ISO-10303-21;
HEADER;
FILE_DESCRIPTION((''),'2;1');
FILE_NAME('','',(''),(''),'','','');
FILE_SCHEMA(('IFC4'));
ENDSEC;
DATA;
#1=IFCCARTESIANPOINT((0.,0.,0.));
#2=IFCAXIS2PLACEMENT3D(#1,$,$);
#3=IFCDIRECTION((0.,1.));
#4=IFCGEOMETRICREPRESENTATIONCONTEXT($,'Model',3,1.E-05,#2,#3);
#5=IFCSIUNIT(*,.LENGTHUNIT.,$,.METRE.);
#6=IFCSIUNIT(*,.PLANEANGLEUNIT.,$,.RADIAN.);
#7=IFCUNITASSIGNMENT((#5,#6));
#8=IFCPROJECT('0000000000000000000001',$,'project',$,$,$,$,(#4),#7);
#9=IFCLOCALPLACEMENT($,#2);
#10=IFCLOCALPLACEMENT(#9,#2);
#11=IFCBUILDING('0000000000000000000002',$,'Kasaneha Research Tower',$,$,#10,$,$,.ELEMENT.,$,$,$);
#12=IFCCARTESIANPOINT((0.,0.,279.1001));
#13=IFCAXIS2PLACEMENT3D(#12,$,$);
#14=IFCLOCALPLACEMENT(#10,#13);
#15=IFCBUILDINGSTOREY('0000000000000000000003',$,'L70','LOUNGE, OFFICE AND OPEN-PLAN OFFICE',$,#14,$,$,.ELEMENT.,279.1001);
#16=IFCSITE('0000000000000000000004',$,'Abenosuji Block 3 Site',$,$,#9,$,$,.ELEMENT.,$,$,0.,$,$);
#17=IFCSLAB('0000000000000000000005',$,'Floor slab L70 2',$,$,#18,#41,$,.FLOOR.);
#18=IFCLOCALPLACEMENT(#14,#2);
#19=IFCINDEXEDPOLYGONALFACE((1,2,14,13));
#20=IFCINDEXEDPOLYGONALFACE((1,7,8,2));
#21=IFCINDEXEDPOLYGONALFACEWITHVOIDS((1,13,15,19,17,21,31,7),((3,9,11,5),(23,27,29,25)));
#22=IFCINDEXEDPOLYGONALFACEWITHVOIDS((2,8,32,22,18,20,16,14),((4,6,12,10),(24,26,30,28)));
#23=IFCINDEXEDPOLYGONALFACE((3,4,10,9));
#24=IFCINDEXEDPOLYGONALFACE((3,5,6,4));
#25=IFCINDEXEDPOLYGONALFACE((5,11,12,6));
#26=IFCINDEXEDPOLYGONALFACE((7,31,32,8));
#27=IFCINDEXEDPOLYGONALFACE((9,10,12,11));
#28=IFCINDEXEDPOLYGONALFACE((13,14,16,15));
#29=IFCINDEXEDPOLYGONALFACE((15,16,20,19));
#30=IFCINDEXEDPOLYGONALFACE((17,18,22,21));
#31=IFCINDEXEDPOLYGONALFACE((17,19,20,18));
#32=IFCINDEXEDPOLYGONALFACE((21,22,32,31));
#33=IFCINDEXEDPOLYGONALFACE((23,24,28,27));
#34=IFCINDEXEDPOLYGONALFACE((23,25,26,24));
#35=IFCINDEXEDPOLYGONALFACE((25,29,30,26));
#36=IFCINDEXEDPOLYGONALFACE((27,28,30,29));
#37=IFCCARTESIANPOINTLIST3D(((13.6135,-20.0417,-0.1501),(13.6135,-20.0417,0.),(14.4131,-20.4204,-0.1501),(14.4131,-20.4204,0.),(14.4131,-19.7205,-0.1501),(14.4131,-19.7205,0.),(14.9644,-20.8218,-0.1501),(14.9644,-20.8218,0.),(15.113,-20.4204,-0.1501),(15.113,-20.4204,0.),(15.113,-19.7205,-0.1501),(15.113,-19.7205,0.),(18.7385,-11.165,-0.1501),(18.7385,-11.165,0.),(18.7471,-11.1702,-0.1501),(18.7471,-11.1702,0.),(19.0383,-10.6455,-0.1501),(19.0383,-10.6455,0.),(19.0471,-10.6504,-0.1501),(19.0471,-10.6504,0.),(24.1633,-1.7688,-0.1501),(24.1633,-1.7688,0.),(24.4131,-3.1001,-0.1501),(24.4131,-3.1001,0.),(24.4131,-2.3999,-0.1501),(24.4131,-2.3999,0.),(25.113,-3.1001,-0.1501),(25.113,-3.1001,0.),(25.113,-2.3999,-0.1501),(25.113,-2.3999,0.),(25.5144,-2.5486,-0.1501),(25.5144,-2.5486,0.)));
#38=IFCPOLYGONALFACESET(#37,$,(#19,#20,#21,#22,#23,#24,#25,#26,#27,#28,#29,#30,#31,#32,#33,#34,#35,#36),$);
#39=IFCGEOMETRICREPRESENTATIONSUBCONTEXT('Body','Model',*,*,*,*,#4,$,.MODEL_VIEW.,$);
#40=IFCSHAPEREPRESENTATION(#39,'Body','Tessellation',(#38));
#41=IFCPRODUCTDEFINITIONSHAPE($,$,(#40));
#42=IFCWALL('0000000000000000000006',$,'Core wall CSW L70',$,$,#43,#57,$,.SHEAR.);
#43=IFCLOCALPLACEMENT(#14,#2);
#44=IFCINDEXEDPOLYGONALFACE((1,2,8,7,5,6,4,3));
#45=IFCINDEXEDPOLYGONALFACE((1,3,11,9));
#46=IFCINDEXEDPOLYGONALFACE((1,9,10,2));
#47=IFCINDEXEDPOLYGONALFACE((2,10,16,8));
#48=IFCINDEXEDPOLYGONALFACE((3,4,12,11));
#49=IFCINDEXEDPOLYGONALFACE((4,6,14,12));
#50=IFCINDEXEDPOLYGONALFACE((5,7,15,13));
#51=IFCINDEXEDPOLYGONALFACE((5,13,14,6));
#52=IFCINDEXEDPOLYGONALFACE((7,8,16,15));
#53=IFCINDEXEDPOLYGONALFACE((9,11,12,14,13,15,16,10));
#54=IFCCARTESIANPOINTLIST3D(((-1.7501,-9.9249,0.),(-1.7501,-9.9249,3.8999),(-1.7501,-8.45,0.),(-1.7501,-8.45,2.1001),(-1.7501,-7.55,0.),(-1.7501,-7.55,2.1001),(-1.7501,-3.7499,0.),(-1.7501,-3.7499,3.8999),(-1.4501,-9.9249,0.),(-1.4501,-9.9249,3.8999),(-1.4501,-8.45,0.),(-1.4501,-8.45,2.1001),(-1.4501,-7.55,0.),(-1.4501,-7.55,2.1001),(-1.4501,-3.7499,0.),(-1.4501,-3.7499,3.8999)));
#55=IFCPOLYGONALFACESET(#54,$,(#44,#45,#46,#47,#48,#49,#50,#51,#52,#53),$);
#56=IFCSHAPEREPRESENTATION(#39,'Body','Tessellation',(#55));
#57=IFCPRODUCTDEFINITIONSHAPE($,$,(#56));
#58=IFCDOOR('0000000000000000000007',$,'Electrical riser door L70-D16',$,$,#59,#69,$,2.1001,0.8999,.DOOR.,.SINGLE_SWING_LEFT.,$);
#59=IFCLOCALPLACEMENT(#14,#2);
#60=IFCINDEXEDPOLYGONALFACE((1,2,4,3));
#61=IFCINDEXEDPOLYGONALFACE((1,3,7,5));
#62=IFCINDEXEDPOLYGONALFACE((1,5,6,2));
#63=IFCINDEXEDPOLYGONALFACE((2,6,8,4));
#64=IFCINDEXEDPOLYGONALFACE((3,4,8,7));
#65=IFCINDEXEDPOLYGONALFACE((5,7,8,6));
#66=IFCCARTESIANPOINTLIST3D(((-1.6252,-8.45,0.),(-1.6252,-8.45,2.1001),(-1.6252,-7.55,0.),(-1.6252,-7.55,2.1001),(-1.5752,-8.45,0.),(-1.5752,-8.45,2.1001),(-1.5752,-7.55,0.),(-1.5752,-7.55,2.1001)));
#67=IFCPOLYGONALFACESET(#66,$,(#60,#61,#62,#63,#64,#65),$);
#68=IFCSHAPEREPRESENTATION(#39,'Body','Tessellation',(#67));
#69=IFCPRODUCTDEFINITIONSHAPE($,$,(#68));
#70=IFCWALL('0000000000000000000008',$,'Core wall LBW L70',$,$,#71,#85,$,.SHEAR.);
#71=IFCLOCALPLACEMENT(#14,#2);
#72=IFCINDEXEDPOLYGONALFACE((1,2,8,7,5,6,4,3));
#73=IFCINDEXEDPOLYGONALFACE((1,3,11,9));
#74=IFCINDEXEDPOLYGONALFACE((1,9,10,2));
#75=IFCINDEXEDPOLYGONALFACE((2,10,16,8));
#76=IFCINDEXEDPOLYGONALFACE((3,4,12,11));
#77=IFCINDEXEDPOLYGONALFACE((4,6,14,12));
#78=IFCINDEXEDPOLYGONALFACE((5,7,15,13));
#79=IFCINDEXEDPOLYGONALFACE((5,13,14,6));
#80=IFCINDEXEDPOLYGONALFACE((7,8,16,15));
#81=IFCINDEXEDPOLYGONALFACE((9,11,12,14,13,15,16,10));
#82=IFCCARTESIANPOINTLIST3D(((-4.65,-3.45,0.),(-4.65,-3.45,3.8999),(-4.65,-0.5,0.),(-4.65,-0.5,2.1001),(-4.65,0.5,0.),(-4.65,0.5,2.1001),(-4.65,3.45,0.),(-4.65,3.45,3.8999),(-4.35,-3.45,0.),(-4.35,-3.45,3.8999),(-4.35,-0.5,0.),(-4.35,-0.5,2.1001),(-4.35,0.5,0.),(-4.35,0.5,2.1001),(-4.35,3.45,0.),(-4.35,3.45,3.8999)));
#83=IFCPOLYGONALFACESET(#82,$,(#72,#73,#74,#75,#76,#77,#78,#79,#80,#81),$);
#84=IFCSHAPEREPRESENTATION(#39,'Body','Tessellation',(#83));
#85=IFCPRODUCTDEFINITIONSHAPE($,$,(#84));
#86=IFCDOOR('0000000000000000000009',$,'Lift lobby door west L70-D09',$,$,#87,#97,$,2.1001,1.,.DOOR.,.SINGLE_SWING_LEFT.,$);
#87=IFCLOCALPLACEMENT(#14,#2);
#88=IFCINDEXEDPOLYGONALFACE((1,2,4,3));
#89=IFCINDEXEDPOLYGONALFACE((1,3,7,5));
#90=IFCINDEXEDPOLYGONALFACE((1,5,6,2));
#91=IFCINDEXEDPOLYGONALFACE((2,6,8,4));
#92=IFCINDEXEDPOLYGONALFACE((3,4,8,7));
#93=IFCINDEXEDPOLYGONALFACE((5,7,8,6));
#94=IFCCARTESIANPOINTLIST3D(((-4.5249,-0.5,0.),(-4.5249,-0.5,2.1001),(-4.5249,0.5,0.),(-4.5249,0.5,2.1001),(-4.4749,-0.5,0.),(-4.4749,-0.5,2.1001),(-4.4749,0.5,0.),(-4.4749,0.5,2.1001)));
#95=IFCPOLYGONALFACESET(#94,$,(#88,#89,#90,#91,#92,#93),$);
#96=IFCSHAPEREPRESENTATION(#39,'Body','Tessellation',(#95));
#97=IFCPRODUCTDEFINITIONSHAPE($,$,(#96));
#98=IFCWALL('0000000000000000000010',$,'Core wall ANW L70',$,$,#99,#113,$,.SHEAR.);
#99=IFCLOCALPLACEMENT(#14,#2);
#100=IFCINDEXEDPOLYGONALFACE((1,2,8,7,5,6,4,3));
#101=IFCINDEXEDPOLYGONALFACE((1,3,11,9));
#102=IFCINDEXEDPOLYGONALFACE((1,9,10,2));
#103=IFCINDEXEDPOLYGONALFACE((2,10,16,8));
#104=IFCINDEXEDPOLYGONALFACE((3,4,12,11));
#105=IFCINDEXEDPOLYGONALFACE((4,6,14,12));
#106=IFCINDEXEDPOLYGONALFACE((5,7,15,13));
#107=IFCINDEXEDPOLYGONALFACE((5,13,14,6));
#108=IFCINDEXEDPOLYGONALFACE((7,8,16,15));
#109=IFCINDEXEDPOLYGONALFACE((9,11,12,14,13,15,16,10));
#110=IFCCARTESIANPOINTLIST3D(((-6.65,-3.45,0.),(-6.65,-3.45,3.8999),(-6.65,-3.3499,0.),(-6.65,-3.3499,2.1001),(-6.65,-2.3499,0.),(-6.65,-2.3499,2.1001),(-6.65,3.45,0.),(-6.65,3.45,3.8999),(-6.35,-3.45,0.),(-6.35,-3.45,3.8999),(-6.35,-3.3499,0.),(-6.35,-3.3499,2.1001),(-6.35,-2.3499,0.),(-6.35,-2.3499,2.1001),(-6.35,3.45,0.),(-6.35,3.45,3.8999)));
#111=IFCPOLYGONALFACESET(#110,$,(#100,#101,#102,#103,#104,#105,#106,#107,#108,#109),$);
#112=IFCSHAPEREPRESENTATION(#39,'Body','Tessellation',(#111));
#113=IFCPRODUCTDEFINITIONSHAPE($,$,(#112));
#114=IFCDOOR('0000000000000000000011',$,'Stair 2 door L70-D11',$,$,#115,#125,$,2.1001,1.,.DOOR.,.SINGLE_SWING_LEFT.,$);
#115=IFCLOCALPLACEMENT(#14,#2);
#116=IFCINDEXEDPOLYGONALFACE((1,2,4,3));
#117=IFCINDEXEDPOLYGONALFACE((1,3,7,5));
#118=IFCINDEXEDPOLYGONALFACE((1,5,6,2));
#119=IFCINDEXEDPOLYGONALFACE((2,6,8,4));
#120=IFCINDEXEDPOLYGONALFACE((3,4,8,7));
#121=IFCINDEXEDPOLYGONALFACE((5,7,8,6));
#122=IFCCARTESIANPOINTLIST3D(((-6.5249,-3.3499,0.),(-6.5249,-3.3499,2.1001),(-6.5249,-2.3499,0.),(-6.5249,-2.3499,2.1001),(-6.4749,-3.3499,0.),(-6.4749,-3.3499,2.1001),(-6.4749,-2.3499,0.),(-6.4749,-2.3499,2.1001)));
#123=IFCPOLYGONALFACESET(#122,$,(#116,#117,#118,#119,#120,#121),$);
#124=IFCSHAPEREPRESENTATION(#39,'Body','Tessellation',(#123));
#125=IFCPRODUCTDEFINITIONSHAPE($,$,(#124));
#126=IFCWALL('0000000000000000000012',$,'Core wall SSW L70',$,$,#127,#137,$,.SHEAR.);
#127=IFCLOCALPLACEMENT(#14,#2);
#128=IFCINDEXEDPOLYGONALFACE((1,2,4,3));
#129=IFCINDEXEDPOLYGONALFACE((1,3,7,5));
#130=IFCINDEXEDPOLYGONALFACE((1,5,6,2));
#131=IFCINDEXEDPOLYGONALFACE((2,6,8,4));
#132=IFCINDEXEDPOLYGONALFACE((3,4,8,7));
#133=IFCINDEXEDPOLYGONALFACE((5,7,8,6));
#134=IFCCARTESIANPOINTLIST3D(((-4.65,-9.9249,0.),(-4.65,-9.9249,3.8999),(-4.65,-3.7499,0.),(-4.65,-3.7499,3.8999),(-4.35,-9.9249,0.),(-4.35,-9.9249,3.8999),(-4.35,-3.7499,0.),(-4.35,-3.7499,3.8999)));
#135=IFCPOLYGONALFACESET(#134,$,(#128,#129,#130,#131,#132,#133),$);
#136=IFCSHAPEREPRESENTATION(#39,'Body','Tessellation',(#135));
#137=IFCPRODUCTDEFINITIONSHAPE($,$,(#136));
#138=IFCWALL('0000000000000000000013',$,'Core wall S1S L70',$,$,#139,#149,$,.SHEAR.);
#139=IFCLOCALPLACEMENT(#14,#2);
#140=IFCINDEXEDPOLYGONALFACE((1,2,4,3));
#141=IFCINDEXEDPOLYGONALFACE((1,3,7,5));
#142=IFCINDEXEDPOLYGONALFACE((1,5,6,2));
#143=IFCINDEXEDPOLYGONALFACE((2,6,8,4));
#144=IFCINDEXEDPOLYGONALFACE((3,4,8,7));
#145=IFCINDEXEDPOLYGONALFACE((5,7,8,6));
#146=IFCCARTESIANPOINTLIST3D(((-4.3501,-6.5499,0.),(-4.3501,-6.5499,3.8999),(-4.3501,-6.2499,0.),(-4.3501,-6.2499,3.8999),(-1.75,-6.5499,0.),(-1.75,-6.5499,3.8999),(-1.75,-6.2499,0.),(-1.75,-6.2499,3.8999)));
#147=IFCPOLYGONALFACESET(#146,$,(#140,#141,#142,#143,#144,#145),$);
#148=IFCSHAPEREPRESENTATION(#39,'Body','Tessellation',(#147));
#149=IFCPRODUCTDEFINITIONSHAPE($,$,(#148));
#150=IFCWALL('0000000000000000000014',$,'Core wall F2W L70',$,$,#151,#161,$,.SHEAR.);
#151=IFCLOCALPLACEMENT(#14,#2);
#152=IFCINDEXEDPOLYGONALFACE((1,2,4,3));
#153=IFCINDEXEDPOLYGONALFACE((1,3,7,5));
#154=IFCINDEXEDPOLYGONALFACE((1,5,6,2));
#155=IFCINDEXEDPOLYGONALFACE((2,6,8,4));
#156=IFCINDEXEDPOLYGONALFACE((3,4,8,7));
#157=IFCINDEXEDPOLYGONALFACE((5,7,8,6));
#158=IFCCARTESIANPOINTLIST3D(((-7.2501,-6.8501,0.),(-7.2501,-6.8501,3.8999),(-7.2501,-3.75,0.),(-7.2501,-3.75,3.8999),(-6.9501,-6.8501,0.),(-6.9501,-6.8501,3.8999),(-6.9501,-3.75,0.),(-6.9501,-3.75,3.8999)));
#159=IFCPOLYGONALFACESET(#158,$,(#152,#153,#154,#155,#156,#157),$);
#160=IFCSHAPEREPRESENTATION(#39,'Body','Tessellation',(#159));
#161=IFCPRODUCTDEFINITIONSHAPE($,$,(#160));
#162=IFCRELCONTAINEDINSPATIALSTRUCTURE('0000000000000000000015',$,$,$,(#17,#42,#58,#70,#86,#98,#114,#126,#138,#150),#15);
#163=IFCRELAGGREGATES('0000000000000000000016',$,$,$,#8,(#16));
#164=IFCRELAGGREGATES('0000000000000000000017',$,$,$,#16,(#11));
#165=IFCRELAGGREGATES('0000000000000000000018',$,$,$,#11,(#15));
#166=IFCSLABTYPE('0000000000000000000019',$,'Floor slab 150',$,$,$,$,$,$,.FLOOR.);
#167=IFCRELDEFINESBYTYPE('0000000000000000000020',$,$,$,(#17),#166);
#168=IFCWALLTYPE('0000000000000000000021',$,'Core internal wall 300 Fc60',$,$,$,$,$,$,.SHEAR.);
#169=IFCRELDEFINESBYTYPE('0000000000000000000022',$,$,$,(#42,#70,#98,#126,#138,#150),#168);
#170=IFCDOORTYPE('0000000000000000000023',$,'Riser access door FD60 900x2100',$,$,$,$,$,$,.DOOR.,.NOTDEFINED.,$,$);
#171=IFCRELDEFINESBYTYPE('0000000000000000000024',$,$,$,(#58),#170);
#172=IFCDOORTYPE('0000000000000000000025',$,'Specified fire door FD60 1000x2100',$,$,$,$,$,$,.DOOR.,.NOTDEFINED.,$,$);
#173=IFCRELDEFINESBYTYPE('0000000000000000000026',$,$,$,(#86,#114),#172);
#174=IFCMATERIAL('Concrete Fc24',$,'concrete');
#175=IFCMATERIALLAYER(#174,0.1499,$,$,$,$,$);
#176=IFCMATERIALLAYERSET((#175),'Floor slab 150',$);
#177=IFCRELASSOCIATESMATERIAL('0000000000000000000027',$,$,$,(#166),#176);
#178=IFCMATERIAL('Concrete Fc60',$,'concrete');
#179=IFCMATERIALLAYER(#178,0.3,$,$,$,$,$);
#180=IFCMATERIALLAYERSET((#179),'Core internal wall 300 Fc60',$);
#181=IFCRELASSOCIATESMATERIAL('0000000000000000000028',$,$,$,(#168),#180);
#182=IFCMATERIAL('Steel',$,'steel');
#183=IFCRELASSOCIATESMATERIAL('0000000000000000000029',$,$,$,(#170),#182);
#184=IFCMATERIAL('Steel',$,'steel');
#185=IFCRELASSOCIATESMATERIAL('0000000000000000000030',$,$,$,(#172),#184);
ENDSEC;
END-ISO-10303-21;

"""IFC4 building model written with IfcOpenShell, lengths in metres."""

from ifc_helpers import new_model, si_unit, direction, frame, frame_2d, origin, place, context, subcontext, project, spatial, polyline, rectangle, outline, extrude, material, layer, layer_set, type_object, element, fill, save


model = new_model("IFC4")

# Units and contexts
model_context = context("Model", 3, precision=1e-05, world=origin(), true_north=direction((0.0, 1.0)))
body_context = subcontext(model_context, "Body", "Model", "MODEL_VIEW")
ifc_project = project(units=[si_unit("LENGTHUNIT", "METRE"), si_unit("PLANEANGLEUNIT", "RADIAN")], contexts=[model_context])

# Site, building, storey
site_placement = place(None, origin())
site = spatial("IfcSite", under=ifc_project, at=site_placement, Name="Abenosuji Block 3 Site", CompositionType="ELEMENT", RefElevation=0.0)
building_placement = place(site_placement, origin())
building = spatial("IfcBuilding", under=site, at=building_placement, Name="Kasaneha Research Tower", CompositionType="ELEMENT")
storey_placement = place(building_placement, frame((0.0, 0.0, 279.1001)))
storey = spatial("IfcBuildingStorey", under=building, at=storey_placement, Name="L70", Description="LOUNGE, OFFICE AND OPEN-PLAN OFFICE", CompositionType="ELEMENT", Elevation=279.1001)

# Slab
ifc_material_1 = material(Name="Concrete Fc24", Category="concrete")
ifc_layer_1 = layer(ifc_material_1, 0.1499)
ifc_layer_set_1 = layer_set([ifc_layer_1], Name="Floor slab 150")
slab_type_1 = type_object("IfcSlabType", Name="Floor slab 150", PredefinedType="FLOOR", material=ifc_layer_set_1)
slab_1_placement = place(storey_placement, frame((0.0, 0.0, -0.1501)))
element("IfcSlab", 1, at=slab_1_placement, inside=storey, type_object=slab_type_1, Name="Floor slab L70 2", PredefinedType="FLOOR", context=body_context, shape_type="SweptSolid", body=[
    extrude(outline(polyline([(25.5144, -2.5486), (14.9644, -20.8218), (13.6135, -20.0417), (18.7385, -11.165), (18.7471, -11.1702), (19.0471, -10.6504), (19.0383, -10.6455), (24.1633, -1.7688), (25.5144, -2.5486)]), holes=[polyline([(14.4131, -20.4204), (15.113, -20.4204), (15.113, -19.7205), (14.4131, -19.7205), (14.4131, -20.4204)]), polyline([(24.4131, -3.1001), (25.113, -3.1001), (25.113, -2.3999), (24.4131, -2.3999), (24.4131, -3.1001)])]), origin(), (0.0, 0.0, 1.0), 0.1501),
])

# Walls, openings, doors
ifc_material_2 = material(Name="Concrete Fc60", Category="concrete")
ifc_layer_2 = layer(ifc_material_2, 0.3)
ifc_layer_set_2 = layer_set([ifc_layer_2], Name="Core internal wall 300 Fc60")
wall_type_1 = type_object("IfcWallType", Name="Core internal wall 300 Fc60", PredefinedType="SHEAR", material=ifc_layer_set_2)
wall_1_placement = place(storey_placement, frame((-1.6001, -3.75, 0.0), z_axis=(0.0, 0.0, 1.0), x_axis=(0.0, -1.0, 0.0)))
wall_1 = element("IfcWall", 2, at=wall_1_placement, inside=storey, type_object=wall_type_1, Name="Core wall CSW L70", PredefinedType="SHEAR", context=body_context, shape_type="SweptSolid", body=[
    extrude(rectangle(XDim=6.175, YDim=0.3, at=frame_2d((3.0874, 0.0))), origin(), (0.0, 0.0, 1.0), 3.8999),
])
opening_1_placement = place(wall_1_placement, frame((3.8, 0.0, 0.0)))
opening_1 = element("IfcOpeningElement", 3, at=opening_1_placement, cuts=wall_1, PredefinedType="OPENING", context=body_context, shape_type="SweptSolid", body=[
    extrude(rectangle(XDim=0.8999, YDim=2.1001, at=frame_2d((0.45, 1.05))), frame((0.0, 0.1602, 0.0), z_axis=(0.0, -1.0, 0.0), x_axis=(1.0, 0.0, 0.0)), (0.0, 0.0, 1.0), 0.3201),
])
ifc_material_3 = material(Name="Steel", Category="steel")
door_type_1 = type_object("IfcDoorType", Name="Riser access door FD60 900x2100", OperationType="NOTDEFINED", PredefinedType="DOOR", material=ifc_material_3)
door_1_placement = place(opening_1_placement, origin())
door_1 = element("IfcDoor", 4, at=door_1_placement, inside=storey, type_object=door_type_1, Name="Electrical riser door L70-D16", OperationType="SINGLE_SWING_LEFT", OverallHeight=2.1001, OverallWidth=0.8999, PredefinedType="DOOR", context=body_context, shape_type="SweptSolid", body=[
    extrude(rectangle(XDim=0.8999, YDim=2.1001, at=frame_2d((0.45, 1.05))), frame((0.0, 0.0249, 0.0), z_axis=(0.0, -1.0, 0.0), x_axis=(1.0, 0.0, 0.0)), (0.0, 0.0, 1.0), 0.05),
])
fill(opening_1, door_1)
wall_2_placement = place(storey_placement, frame((-4.5, -3.45, 0.0), z_axis=(0.0, 0.0, 1.0), x_axis=(0.0, 1.0, 0.0)))
wall_2 = element("IfcWall", 5, at=wall_2_placement, inside=storey, type_object=wall_type_1, Name="Core wall LBW L70", PredefinedType="SHEAR", context=body_context, shape_type="SweptSolid", body=[
    extrude(rectangle(XDim=6.8999, YDim=0.3, at=frame_2d((3.45, 0.0))), origin(), (0.0, 0.0, 1.0), 3.8999),
])
opening_2_placement = place(wall_2_placement, frame((2.95, 0.0, 0.0)))
opening_2 = element("IfcOpeningElement", 6, at=opening_2_placement, cuts=wall_2, PredefinedType="OPENING", context=body_context, shape_type="SweptSolid", body=[
    extrude(rectangle(XDim=1.0, YDim=2.1001, at=frame_2d((0.5, 1.05))), frame((0.0, 0.1602, 0.0), z_axis=(0.0, -1.0, 0.0), x_axis=(1.0, 0.0, 0.0)), (0.0, 0.0, 1.0), 0.3201),
])
ifc_material_4 = material(Name="Steel", Category="steel")
door_type_2 = type_object("IfcDoorType", Name="Specified fire door FD60 1000x2100", OperationType="NOTDEFINED", PredefinedType="DOOR", material=ifc_material_4)
door_2_placement = place(opening_2_placement, origin())
door_2 = element("IfcDoor", 7, at=door_2_placement, inside=storey, type_object=door_type_2, Name="Lift lobby door west L70-D09", OperationType="SINGLE_SWING_LEFT", OverallHeight=2.1001, OverallWidth=1.0, PredefinedType="DOOR", context=body_context, shape_type="SweptSolid", body=[
    extrude(rectangle(XDim=1.0, YDim=2.1001, at=frame_2d((0.5, 1.05))), frame((0.0, 0.0249, 0.0), z_axis=(0.0, -1.0, 0.0), x_axis=(1.0, 0.0, 0.0)), (0.0, 0.0, 1.0), 0.05),
])
fill(opening_2, door_2)
wall_3_placement = place(storey_placement, frame((-6.5, -3.45, 0.0), z_axis=(0.0, 0.0, 1.0), x_axis=(0.0, 1.0, 0.0)))
wall_3 = element("IfcWall", 8, at=wall_3_placement, inside=storey, type_object=wall_type_1, Name="Core wall ANW L70", PredefinedType="SHEAR", context=body_context, shape_type="SweptSolid", body=[
    extrude(rectangle(XDim=6.8999, YDim=0.3, at=frame_2d((3.45, 0.0))), origin(), (0.0, 0.0, 1.0), 3.8999),
])
opening_3_placement = place(wall_3_placement, frame((0.1001, 0.0, 0.0)))
opening_3 = element("IfcOpeningElement", 9, at=opening_3_placement, cuts=wall_3, PredefinedType="OPENING", context=body_context, shape_type="SweptSolid", body=[
    extrude(rectangle(XDim=1.0, YDim=2.1001, at=frame_2d((0.5, 1.05))), frame((0.0, 0.1602, 0.0), z_axis=(0.0, -1.0, 0.0), x_axis=(1.0, 0.0, 0.0)), (0.0, 0.0, 1.0), 0.3201),
])
door_3_placement = place(opening_3_placement, origin())
door_3 = element("IfcDoor", 10, at=door_3_placement, inside=storey, type_object=door_type_2, Name="Stair 2 door L70-D11", OperationType="SINGLE_SWING_LEFT", OverallHeight=2.1001, OverallWidth=1.0, PredefinedType="DOOR", context=body_context, shape_type="SweptSolid", body=[
    extrude(rectangle(XDim=1.0, YDim=2.1001, at=frame_2d((0.5, 1.05))), frame((0.0, 0.0249, 0.0), z_axis=(0.0, -1.0, 0.0), x_axis=(1.0, 0.0, 0.0)), (0.0, 0.0, 1.0), 0.05),
])
fill(opening_3, door_3)

# Walls
wall_4_placement = place(storey_placement, frame((-4.5, -3.75, 0.0), z_axis=(0.0, 0.0, 1.0), x_axis=(0.0, -1.0, 0.0)))
element("IfcWall", 11, at=wall_4_placement, inside=storey, type_object=wall_type_1, Name="Core wall SSW L70", PredefinedType="SHEAR", context=body_context, shape_type="SweptSolid", body=[
    extrude(rectangle(XDim=6.175, YDim=0.3, at=frame_2d((3.0874, 0.0))), origin(), (0.0, 0.0, 1.0), 3.8999),
])
wall_5_placement = place(storey_placement, frame((-4.3501, -6.3999, 0.0), z_axis=(0.0, 0.0, 1.0), x_axis=(1.0, 0.0, 0.0)))
element("IfcWall", 12, at=wall_5_placement, inside=storey, type_object=wall_type_1, Name="Core wall S1S L70", PredefinedType="SHEAR", context=body_context, shape_type="SweptSolid", body=[
    extrude(rectangle(XDim=2.6001, YDim=0.3, at=frame_2d((1.3, 0.0))), origin(), (0.0, 0.0, 1.0), 3.8999),
])
wall_6_placement = place(storey_placement, frame((-7.1001, -3.75, 0.0), z_axis=(0.0, 0.0, 1.0), x_axis=(0.0, -1.0, 0.0)))
element("IfcWall", 13, at=wall_6_placement, inside=storey, type_object=wall_type_1, Name="Core wall F2W L70", PredefinedType="SHEAR", context=body_context, shape_type="SweptSolid", body=[
    extrude(rectangle(XDim=3.1001, YDim=0.3, at=frame_2d((1.55, 0.0))), origin(), (0.0, 0.0, 1.0), 3.8999),
])

save(model, "model.ifc")
